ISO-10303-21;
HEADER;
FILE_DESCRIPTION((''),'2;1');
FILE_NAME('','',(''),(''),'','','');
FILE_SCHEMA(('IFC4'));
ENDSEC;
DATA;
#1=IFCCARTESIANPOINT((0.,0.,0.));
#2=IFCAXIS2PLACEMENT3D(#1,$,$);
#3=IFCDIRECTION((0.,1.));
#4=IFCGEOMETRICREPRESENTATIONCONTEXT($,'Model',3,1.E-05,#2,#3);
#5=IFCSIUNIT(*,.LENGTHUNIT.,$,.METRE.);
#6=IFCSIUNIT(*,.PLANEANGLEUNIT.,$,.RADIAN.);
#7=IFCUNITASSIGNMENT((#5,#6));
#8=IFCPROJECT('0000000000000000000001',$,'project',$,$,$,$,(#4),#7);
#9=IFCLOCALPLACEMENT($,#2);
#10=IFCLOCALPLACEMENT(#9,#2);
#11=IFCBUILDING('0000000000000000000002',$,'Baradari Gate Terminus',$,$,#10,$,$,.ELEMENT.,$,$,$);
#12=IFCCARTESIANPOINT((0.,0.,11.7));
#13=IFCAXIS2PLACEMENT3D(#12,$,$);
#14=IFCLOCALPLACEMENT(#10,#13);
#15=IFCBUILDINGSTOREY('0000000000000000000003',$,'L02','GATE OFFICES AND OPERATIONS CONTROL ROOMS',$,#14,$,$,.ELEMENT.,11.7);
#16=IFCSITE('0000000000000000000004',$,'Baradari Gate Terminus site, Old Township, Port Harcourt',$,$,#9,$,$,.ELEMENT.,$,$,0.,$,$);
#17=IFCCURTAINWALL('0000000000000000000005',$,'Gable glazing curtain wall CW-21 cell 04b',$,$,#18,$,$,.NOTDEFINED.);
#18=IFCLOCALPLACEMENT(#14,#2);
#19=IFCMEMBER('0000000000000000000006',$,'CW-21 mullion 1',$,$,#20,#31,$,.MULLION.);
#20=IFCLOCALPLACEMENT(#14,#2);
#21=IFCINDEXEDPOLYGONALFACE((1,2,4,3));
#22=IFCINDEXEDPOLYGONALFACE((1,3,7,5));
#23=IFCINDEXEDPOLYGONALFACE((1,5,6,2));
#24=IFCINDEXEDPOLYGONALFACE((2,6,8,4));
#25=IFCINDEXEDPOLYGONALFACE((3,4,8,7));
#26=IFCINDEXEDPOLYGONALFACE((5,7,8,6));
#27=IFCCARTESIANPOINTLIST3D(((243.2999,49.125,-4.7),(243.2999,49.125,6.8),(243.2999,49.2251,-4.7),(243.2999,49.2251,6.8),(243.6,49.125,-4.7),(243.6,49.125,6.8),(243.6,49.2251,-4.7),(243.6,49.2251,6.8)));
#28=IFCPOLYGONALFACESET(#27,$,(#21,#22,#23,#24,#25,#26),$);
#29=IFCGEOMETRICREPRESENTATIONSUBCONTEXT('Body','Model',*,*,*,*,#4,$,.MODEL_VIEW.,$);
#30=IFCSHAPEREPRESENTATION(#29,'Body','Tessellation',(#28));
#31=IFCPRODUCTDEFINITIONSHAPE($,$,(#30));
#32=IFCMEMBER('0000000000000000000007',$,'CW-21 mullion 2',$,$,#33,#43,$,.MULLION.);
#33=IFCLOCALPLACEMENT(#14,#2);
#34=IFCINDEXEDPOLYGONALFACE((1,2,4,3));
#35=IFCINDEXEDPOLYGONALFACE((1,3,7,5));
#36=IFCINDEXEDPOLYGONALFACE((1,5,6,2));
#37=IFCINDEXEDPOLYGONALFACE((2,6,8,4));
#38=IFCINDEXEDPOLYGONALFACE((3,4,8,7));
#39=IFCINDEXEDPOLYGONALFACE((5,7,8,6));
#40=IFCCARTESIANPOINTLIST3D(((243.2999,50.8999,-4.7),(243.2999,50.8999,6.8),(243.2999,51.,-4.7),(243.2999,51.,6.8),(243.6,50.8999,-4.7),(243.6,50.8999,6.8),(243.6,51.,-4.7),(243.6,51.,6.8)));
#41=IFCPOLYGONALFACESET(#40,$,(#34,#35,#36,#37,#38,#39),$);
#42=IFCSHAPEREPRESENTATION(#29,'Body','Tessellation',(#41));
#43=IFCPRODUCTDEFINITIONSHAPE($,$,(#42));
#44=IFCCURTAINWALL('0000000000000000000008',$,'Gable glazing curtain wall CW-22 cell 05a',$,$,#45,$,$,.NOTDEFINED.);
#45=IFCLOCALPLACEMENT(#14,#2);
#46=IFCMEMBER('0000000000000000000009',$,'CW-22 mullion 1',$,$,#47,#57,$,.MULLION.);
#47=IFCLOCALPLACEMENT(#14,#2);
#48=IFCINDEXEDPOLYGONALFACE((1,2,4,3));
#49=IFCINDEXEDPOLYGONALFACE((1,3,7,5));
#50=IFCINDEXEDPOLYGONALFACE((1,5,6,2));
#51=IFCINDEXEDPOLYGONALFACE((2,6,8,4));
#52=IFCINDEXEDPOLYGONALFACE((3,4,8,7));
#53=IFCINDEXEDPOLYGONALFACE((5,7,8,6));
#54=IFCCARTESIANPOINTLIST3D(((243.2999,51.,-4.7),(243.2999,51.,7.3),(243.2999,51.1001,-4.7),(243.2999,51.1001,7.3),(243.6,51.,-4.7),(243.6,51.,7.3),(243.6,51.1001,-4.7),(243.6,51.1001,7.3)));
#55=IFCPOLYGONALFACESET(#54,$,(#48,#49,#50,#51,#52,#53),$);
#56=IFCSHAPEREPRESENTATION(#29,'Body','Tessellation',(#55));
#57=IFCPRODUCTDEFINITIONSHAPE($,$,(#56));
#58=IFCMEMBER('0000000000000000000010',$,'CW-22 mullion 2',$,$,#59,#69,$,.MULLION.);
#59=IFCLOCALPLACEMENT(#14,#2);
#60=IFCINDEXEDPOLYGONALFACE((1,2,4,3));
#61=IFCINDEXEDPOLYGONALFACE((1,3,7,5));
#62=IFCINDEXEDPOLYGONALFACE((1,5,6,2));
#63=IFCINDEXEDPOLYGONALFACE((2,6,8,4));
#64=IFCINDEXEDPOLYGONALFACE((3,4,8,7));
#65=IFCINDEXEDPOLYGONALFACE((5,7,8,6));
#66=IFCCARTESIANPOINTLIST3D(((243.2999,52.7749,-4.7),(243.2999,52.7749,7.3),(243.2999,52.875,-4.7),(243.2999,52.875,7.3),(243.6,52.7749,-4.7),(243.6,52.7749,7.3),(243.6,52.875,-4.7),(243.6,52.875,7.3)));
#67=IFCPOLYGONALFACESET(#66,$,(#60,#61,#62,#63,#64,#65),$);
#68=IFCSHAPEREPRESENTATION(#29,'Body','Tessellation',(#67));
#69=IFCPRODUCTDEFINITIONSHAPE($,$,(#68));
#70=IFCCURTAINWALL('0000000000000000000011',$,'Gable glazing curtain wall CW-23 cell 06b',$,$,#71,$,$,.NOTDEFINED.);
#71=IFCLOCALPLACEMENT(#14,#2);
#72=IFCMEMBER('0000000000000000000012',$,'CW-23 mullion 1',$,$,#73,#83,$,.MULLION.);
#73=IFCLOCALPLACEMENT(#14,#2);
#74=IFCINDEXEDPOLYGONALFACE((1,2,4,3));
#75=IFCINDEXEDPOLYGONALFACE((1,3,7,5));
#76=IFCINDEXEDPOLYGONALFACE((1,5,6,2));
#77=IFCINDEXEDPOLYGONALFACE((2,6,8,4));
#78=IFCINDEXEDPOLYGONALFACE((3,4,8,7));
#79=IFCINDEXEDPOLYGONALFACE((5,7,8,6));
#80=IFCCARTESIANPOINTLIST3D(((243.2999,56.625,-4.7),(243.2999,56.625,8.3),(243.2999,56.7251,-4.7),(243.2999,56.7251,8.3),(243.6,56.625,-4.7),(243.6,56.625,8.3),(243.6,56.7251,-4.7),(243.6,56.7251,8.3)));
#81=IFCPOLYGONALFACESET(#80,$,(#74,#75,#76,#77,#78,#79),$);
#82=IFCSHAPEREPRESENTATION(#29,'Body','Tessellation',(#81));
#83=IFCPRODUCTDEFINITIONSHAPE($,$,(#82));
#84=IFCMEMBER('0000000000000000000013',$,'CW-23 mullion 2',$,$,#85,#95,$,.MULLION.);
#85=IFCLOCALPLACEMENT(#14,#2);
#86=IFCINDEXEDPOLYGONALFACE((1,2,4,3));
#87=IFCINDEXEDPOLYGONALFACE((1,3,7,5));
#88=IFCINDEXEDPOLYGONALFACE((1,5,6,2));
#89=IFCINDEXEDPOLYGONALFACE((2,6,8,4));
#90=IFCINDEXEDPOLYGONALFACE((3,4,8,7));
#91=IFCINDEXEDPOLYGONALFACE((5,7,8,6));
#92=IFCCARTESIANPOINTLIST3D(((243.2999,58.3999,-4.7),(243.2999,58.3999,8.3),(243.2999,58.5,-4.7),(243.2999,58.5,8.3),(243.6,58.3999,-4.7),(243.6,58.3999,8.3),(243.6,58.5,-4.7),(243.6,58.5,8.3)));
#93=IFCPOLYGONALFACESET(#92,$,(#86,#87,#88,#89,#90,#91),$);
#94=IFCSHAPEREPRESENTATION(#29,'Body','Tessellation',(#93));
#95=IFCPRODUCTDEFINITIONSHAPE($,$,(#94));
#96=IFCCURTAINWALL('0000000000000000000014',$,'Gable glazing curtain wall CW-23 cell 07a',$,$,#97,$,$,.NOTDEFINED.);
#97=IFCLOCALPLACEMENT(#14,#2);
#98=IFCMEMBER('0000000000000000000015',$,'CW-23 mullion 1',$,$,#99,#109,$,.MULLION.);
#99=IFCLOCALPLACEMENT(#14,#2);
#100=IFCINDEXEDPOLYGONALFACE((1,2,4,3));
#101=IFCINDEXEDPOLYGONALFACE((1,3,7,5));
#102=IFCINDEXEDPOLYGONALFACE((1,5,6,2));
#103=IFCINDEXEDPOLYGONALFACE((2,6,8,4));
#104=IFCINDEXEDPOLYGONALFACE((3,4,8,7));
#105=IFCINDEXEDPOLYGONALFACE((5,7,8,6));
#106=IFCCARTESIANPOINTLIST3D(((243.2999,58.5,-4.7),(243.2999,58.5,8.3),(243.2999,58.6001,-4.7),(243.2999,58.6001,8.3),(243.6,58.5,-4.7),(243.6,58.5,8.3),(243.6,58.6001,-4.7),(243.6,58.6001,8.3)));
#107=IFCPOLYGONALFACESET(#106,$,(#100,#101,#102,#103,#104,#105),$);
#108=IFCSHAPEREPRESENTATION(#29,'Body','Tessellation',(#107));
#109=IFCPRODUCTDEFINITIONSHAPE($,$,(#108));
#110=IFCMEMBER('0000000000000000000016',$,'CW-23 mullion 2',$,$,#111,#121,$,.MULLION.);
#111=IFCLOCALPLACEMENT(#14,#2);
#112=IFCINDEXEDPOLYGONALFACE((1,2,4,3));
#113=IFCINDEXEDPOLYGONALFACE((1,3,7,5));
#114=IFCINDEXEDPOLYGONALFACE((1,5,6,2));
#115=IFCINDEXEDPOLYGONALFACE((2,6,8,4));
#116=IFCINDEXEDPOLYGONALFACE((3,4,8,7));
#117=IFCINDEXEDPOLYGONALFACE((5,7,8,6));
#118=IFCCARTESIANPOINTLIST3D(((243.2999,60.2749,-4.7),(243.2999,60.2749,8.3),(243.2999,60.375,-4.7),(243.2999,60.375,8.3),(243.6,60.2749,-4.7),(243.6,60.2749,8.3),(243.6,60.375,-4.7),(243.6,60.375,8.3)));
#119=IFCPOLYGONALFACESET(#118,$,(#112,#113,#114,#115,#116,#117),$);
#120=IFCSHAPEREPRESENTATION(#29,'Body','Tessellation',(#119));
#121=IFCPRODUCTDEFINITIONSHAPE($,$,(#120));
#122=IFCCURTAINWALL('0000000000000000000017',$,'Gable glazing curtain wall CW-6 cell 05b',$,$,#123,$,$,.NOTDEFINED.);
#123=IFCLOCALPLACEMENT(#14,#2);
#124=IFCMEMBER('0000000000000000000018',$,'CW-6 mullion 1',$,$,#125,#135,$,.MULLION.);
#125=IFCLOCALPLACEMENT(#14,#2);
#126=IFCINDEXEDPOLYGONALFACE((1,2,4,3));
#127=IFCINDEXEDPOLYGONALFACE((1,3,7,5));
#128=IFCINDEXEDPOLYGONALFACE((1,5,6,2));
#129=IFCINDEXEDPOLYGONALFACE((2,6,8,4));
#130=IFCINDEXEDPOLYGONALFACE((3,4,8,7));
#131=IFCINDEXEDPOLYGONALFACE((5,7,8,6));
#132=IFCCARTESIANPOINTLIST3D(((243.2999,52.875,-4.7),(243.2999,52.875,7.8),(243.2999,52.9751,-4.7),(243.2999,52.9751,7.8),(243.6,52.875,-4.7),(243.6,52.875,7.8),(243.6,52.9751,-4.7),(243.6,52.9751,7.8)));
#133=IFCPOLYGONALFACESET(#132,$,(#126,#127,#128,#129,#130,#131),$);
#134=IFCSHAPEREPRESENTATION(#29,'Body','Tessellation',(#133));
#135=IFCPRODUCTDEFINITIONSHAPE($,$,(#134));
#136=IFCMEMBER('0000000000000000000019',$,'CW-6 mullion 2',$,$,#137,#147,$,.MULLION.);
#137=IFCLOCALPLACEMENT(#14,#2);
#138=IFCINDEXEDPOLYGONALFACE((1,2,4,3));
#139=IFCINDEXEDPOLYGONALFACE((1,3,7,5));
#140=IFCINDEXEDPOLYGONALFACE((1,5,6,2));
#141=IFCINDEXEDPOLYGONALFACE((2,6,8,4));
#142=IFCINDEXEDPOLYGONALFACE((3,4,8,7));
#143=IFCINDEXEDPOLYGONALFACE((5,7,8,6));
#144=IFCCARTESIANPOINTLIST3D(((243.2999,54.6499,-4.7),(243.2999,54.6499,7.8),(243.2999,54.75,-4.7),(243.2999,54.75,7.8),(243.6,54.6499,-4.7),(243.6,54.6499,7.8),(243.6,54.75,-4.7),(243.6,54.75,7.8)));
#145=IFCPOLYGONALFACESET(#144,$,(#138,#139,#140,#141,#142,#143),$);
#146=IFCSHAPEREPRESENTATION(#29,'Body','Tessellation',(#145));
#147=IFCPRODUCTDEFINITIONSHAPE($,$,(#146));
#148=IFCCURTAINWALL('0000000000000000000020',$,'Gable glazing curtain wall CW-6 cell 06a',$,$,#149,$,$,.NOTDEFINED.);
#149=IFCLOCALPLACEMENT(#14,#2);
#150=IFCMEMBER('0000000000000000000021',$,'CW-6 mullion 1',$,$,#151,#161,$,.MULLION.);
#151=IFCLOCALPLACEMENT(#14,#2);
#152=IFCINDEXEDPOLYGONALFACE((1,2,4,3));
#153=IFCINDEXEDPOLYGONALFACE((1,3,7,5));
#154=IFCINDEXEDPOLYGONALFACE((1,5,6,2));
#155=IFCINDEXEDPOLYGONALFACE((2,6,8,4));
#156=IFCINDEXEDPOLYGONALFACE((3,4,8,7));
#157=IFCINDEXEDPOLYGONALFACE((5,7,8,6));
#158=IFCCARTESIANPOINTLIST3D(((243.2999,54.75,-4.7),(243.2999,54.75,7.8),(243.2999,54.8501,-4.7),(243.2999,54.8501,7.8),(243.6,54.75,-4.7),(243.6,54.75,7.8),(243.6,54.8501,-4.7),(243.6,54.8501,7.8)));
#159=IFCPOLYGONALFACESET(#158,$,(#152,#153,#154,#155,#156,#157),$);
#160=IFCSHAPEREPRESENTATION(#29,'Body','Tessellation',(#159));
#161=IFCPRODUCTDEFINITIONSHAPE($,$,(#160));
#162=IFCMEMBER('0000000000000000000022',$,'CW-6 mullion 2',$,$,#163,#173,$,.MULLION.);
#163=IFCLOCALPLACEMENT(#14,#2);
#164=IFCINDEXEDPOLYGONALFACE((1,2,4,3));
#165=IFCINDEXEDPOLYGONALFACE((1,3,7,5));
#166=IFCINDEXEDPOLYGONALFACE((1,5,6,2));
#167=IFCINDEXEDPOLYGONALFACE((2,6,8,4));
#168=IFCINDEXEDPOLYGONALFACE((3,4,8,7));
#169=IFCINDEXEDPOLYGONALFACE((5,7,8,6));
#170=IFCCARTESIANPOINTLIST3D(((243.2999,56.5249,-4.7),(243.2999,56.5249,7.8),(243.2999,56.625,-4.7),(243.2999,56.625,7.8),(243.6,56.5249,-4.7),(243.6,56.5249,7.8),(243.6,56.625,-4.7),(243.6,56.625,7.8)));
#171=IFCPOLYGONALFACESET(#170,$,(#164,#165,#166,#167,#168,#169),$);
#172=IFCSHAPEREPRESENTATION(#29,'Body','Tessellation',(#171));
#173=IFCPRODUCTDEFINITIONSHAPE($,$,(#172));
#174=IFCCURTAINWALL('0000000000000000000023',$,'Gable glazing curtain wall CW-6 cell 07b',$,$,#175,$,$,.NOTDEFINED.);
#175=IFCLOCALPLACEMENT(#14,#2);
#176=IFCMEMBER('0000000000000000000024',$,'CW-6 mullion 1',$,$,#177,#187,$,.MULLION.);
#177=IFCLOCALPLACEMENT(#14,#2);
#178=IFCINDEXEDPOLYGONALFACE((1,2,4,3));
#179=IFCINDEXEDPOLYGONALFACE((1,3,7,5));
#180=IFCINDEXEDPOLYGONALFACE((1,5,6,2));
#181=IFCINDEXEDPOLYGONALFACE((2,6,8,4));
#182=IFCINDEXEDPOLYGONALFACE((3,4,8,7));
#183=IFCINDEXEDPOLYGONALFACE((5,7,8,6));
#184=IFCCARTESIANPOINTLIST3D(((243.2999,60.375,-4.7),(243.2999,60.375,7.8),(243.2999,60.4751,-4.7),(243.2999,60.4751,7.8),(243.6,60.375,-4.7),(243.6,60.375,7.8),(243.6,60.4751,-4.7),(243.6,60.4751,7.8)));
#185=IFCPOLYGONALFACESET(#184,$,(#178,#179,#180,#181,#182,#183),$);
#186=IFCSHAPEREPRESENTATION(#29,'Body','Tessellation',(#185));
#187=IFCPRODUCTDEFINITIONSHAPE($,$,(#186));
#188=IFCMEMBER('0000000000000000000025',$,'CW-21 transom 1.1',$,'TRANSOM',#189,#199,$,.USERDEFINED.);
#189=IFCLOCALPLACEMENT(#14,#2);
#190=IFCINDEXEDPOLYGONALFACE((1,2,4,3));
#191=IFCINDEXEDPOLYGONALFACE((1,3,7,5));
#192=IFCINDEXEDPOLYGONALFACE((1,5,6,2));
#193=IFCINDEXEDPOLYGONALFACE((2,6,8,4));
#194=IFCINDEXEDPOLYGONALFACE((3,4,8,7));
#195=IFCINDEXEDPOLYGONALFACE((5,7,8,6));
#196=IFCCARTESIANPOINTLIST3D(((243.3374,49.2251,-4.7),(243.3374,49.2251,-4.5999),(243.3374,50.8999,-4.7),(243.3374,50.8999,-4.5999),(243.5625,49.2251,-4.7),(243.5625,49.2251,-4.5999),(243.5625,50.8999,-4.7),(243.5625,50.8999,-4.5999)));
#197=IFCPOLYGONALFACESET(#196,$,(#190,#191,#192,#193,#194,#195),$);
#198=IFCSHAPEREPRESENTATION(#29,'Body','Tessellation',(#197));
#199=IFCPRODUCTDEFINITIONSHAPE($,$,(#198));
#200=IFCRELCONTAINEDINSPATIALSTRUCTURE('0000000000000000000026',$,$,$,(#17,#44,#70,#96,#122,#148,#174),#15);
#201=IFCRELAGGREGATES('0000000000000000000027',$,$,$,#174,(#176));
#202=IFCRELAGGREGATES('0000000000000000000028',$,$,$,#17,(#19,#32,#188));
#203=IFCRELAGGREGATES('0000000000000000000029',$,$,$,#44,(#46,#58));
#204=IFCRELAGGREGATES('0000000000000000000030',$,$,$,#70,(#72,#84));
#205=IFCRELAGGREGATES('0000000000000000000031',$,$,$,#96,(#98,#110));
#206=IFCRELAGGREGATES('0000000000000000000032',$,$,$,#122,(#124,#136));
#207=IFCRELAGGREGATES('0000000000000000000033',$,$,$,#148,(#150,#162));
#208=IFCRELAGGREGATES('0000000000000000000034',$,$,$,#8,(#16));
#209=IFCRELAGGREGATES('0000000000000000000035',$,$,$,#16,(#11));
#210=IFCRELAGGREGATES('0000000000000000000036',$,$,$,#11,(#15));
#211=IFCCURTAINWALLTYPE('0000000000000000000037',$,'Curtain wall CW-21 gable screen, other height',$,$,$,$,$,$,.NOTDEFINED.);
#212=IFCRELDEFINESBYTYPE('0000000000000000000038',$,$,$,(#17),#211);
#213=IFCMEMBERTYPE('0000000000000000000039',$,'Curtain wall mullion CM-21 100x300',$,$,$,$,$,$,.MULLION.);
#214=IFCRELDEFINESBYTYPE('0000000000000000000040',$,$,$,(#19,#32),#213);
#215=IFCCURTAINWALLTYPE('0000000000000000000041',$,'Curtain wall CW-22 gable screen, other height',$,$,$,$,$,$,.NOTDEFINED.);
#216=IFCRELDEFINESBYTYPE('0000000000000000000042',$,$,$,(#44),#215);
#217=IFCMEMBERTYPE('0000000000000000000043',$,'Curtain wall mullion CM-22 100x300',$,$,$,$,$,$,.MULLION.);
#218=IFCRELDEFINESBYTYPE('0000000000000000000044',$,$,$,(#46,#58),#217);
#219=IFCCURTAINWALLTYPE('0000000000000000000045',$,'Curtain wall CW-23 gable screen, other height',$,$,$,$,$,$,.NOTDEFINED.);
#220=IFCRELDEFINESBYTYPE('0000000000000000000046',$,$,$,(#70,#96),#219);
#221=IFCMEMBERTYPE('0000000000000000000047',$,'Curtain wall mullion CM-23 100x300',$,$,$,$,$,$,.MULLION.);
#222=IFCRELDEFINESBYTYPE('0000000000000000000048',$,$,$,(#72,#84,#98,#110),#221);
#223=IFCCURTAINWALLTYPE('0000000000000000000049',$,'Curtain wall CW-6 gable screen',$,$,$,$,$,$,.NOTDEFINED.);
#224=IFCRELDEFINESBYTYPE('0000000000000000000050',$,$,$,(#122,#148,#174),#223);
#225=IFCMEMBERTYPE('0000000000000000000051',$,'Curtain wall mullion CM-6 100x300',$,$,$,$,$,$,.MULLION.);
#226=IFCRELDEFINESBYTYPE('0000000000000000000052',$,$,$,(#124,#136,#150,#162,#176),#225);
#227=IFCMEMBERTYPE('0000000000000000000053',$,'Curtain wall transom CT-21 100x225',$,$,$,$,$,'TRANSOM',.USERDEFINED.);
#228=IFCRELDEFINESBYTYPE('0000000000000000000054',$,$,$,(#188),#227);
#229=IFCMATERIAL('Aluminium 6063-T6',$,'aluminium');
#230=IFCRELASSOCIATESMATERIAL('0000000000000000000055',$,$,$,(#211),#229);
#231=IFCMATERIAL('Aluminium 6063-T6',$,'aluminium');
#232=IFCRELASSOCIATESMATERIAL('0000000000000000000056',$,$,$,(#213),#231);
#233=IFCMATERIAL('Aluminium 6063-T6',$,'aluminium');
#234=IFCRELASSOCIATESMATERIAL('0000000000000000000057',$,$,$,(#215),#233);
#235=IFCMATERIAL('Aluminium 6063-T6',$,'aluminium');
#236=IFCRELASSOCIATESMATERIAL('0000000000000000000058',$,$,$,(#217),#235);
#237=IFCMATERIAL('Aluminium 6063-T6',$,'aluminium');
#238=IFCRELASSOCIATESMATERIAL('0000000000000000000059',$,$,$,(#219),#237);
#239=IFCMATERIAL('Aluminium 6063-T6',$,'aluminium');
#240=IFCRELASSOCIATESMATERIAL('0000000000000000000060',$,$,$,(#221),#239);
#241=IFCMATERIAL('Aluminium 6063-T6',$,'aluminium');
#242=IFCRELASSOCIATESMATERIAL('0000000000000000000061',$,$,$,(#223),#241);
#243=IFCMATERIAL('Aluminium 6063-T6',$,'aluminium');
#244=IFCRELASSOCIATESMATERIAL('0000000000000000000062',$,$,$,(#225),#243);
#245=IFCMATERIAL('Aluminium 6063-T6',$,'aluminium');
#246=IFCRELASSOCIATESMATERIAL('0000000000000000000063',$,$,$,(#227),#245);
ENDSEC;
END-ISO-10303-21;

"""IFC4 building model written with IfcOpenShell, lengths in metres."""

from ifc_helpers import new_model, si_unit, direction, frame, origin, origin_2d, place, context, subcontext, project, spatial, rectangle, extrude, material, material_profile, profile_set, type_object, element, aggregate, save


model = new_model("IFC4")

# Units and contexts
model_context = context("Model", 3, precision=1e-05, world=origin(), true_north=direction((0.0, 1.0)))
body_context = subcontext(model_context, "Body", "Model", "MODEL_VIEW")
ifc_project = project(units=[si_unit("LENGTHUNIT", "METRE"), si_unit("PLANEANGLEUNIT", "RADIAN")], contexts=[model_context])

# Site, building, storey
site_placement = place(None, origin())
site = spatial("IfcSite", under=ifc_project, at=site_placement, Name="Baradari Gate Terminus site, Old Township, Port Harcourt", CompositionType="ELEMENT", RefElevation=0.0)
building_placement = place(site_placement, origin())
building = spatial("IfcBuilding", under=site, at=building_placement, Name="Baradari Gate Terminus", CompositionType="ELEMENT")
storey_placement = place(building_placement, frame((0.0, 0.0, 11.7)))
storey = spatial("IfcBuildingStorey", under=building, at=storey_placement, Name="L02", Description="GATE OFFICES AND OPERATIONS CONTROL ROOMS", CompositionType="ELEMENT", Elevation=11.7)

# Curtain walls, members
ifc_material_1 = material(Name="Aluminium 6063-T6", Category="aluminium")
curtain_wall_type_1 = type_object("IfcCurtainWallType", Name="Curtain wall CW-21 gable screen, other height", PredefinedType="NOTDEFINED", material=ifc_material_1)
curtain_wall_1_placement = place(storey_placement, origin())
curtain_wall_1 = element("IfcCurtainWall", 1, at=curtain_wall_1_placement, inside=storey, type_object=curtain_wall_type_1, Name="Gable glazing curtain wall CW-21 cell 04b", PredefinedType="NOTDEFINED")
ifc_material_2 = material(Name="Aluminium 6063-T6", Category="aluminium")
ifc_material_profile_1 = material_profile(ifc_material_2, rectangle(XDim=0.3, YDim=0.1001, at=origin_2d()), Name="CM-21 100X300")
ifc_profile_set_1 = profile_set([ifc_material_profile_1], Name="Aluminium 6063-T6")
member_type_1 = type_object("IfcMemberType", Name="Curtain wall mullion CM-21 100x300", PredefinedType="MULLION", material=ifc_profile_set_1)
member_1_placement = place(storey_placement, frame((243.45, 49.175, -4.7), z_axis=(0.0, 0.0, 1.0), x_axis=(-1.0, 0.0, 0.0)))
member_1 = element("IfcMember", 2, at=member_1_placement, type_object=member_type_1, Name="CW-21 mullion 1", PredefinedType="MULLION", context=body_context, shape_type="SweptSolid", body=[
    extrude(rectangle(XDim=0.3, YDim=0.1001, at=origin_2d()), origin(), (0.0, 0.0, 1.0), 11.5),
])
member_2_placement = place(storey_placement, frame((243.45, 50.95, -4.7), z_axis=(0.0, 0.0, 1.0), x_axis=(-1.0, 0.0, 0.0)))
member_2 = element("IfcMember", 3, at=member_2_placement, type_object=member_type_1, Name="CW-21 mullion 2", PredefinedType="MULLION", context=body_context, shape_type="SweptSolid", body=[
    extrude(rectangle(XDim=0.3, YDim=0.1001, at=origin_2d()), origin(), (0.0, 0.0, 1.0), 11.5),
])
ifc_material_3 = material(Name="Aluminium 6063-T6", Category="aluminium")
curtain_wall_type_2 = type_object("IfcCurtainWallType", Name="Curtain wall CW-22 gable screen, other height", PredefinedType="NOTDEFINED", material=ifc_material_3)
curtain_wall_2_placement = place(storey_placement, origin())
curtain_wall_2 = element("IfcCurtainWall", 4, at=curtain_wall_2_placement, inside=storey, type_object=curtain_wall_type_2, Name="Gable glazing curtain wall CW-22 cell 05a", PredefinedType="NOTDEFINED")
ifc_material_4 = material(Name="Aluminium 6063-T6", Category="aluminium")
ifc_material_profile_2 = material_profile(ifc_material_4, rectangle(XDim=0.3, YDim=0.1001, at=origin_2d()), Name="CM-22 100X300")
ifc_profile_set_2 = profile_set([ifc_material_profile_2], Name="Aluminium 6063-T6")
member_type_2 = type_object("IfcMemberType", Name="Curtain wall mullion CM-22 100x300", PredefinedType="MULLION", material=ifc_profile_set_2)
member_3_placement = place(storey_placement, frame((243.45, 51.05, -4.7), z_axis=(0.0, 0.0, 1.0), x_axis=(-1.0, 0.0, 0.0)))
member_3 = element("IfcMember", 5, at=member_3_placement, type_object=member_type_2, Name="CW-22 mullion 1", PredefinedType="MULLION", context=body_context, shape_type="SweptSolid", body=[
    extrude(rectangle(XDim=0.3, YDim=0.1001, at=origin_2d()), origin(), (0.0, 0.0, 1.0), 12.0),
])
member_4_placement = place(storey_placement, frame((243.45, 52.825, -4.7), z_axis=(0.0, 0.0, 1.0), x_axis=(-1.0, 0.0, 0.0)))
member_4 = element("IfcMember", 6, at=member_4_placement, type_object=member_type_2, Name="CW-22 mullion 2", PredefinedType="MULLION", context=body_context, shape_type="SweptSolid", body=[
    extrude(rectangle(XDim=0.3, YDim=0.1001, at=origin_2d()), origin(), (0.0, 0.0, 1.0), 12.0),
])
ifc_material_5 = material(Name="Aluminium 6063-T6", Category="aluminium")
curtain_wall_type_3 = type_object("IfcCurtainWallType", Name="Curtain wall CW-23 gable screen, other height", PredefinedType="NOTDEFINED", material=ifc_material_5)
curtain_wall_3_placement = place(storey_placement, origin())
curtain_wall_3 = element("IfcCurtainWall", 7, at=curtain_wall_3_placement, inside=storey, type_object=curtain_wall_type_3, Name="Gable glazing curtain wall CW-23 cell 06b", PredefinedType="NOTDEFINED")
ifc_material_6 = material(Name="Aluminium 6063-T6", Category="aluminium")
ifc_material_profile_3 = material_profile(ifc_material_6, rectangle(XDim=0.3, YDim=0.1001, at=origin_2d()), Name="CM-23 100X300")
ifc_profile_set_3 = profile_set([ifc_material_profile_3], Name="Aluminium 6063-T6")
member_type_3 = type_object("IfcMemberType", Name="Curtain wall mullion CM-23 100x300", PredefinedType="MULLION", material=ifc_profile_set_3)
member_5_placement = place(storey_placement, frame((243.45, 56.675, -4.7), z_axis=(0.0, 0.0, 1.0), x_axis=(-1.0, 0.0, 0.0)))
member_5 = element("IfcMember", 8, at=member_5_placement, type_object=member_type_3, Name="CW-23 mullion 1", PredefinedType="MULLION", context=body_context, shape_type="SweptSolid", body=[
    extrude(rectangle(XDim=0.3, YDim=0.1001, at=origin_2d()), origin(), (0.0, 0.0, 1.0), 13.0),
])
member_6_placement = place(storey_placement, frame((243.45, 58.45, -4.7), z_axis=(0.0, 0.0, 1.0), x_axis=(-1.0, 0.0, 0.0)))
member_6 = element("IfcMember", 9, at=member_6_placement, type_object=member_type_3, Name="CW-23 mullion 2", PredefinedType="MULLION", context=body_context, shape_type="SweptSolid", body=[
    extrude(rectangle(XDim=0.3, YDim=0.1001, at=origin_2d()), origin(), (0.0, 0.0, 1.0), 13.0),
])
curtain_wall_4_placement = place(storey_placement, origin())
curtain_wall_4 = element("IfcCurtainWall", 10, at=curtain_wall_4_placement, inside=storey, type_object=curtain_wall_type_3, Name="Gable glazing curtain wall CW-23 cell 07a", PredefinedType="NOTDEFINED")
member_7_placement = place(storey_placement, frame((243.45, 58.55, -4.7), z_axis=(0.0, 0.0, 1.0), x_axis=(-1.0, 0.0, 0.0)))
member_7 = element("IfcMember", 11, at=member_7_placement, type_object=member_type_3, Name="CW-23 mullion 1", PredefinedType="MULLION", context=body_context, shape_type="SweptSolid", body=[
    extrude(rectangle(XDim=0.3, YDim=0.1001, at=origin_2d()), origin(), (0.0, 0.0, 1.0), 13.0),
])
member_8_placement = place(storey_placement, frame((243.45, 60.325, -4.7), z_axis=(0.0, 0.0, 1.0), x_axis=(-1.0, 0.0, 0.0)))
member_8 = element("IfcMember", 12, at=member_8_placement, type_object=member_type_3, Name="CW-23 mullion 2", PredefinedType="MULLION", context=body_context, shape_type="SweptSolid", body=[
    extrude(rectangle(XDim=0.3, YDim=0.1001, at=origin_2d()), origin(), (0.0, 0.0, 1.0), 13.0),
])
ifc_material_7 = material(Name="Aluminium 6063-T6", Category="aluminium")
curtain_wall_type_4 = type_object("IfcCurtainWallType", Name="Curtain wall CW-6 gable screen", PredefinedType="NOTDEFINED", material=ifc_material_7)
curtain_wall_5_placement = place(storey_placement, origin())
curtain_wall_5 = element("IfcCurtainWall", 13, at=curtain_wall_5_placement, inside=storey, type_object=curtain_wall_type_4, Name="Gable glazing curtain wall CW-6 cell 05b", PredefinedType="NOTDEFINED")
ifc_material_8 = material(Name="Aluminium 6063-T6", Category="aluminium")
ifc_material_profile_4 = material_profile(ifc_material_8, rectangle(XDim=0.3, YDim=0.1001, at=origin_2d()), Name="CM-6 100X300")
ifc_profile_set_4 = profile_set([ifc_material_profile_4], Name="Aluminium 6063-T6")
member_type_4 = type_object("IfcMemberType", Name="Curtain wall mullion CM-6 100x300", PredefinedType="MULLION", material=ifc_profile_set_4)
member_9_placement = place(storey_placement, frame((243.45, 52.925, -4.7), z_axis=(0.0, 0.0, 1.0), x_axis=(-1.0, 0.0, 0.0)))
member_9 = element("IfcMember", 14, at=member_9_placement, type_object=member_type_4, Name="CW-6 mullion 1", PredefinedType="MULLION", context=body_context, shape_type="SweptSolid", body=[
    extrude(rectangle(XDim=0.3, YDim=0.1001, at=origin_2d()), origin(), (0.0, 0.0, 1.0), 12.5),
])
member_10_placement = place(storey_placement, frame((243.45, 54.7, -4.7), z_axis=(0.0, 0.0, 1.0), x_axis=(-1.0, 0.0, 0.0)))
member_10 = element("IfcMember", 15, at=member_10_placement, type_object=member_type_4, Name="CW-6 mullion 2", PredefinedType="MULLION", context=body_context, shape_type="SweptSolid", body=[
    extrude(rectangle(XDim=0.3, YDim=0.1001, at=origin_2d()), origin(), (0.0, 0.0, 1.0), 12.5),
])
curtain_wall_6_placement = place(storey_placement, origin())
curtain_wall_6 = element("IfcCurtainWall", 16, at=curtain_wall_6_placement, inside=storey, type_object=curtain_wall_type_4, Name="Gable glazing curtain wall CW-6 cell 06a", PredefinedType="NOTDEFINED")
member_11_placement = place(storey_placement, frame((243.45, 54.8, -4.7), z_axis=(0.0, 0.0, 1.0), x_axis=(-1.0, 0.0, 0.0)))
member_11 = element("IfcMember", 17, at=member_11_placement, type_object=member_type_4, Name="CW-6 mullion 1", PredefinedType="MULLION", context=body_context, shape_type="SweptSolid", body=[
    extrude(rectangle(XDim=0.3, YDim=0.1001, at=origin_2d()), origin(), (0.0, 0.0, 1.0), 12.5),
])
member_12_placement = place(storey_placement, frame((243.45, 56.575, -4.7), z_axis=(0.0, 0.0, 1.0), x_axis=(-1.0, 0.0, 0.0)))
member_12 = element("IfcMember", 18, at=member_12_placement, type_object=member_type_4, Name="CW-6 mullion 2", PredefinedType="MULLION", context=body_context, shape_type="SweptSolid", body=[
    extrude(rectangle(XDim=0.3, YDim=0.1001, at=origin_2d()), origin(), (0.0, 0.0, 1.0), 12.5),
])

# Curtain wall, member
curtain_wall_7_placement = place(storey_placement, origin())
curtain_wall_7 = element("IfcCurtainWall", 19, at=curtain_wall_7_placement, inside=storey, type_object=curtain_wall_type_4, Name="Gable glazing curtain wall CW-6 cell 07b", PredefinedType="NOTDEFINED")
member_13_placement = place(storey_placement, frame((243.45, 60.425, -4.7), z_axis=(0.0, 0.0, 1.0), x_axis=(-1.0, 0.0, 0.0)))
member_13 = element("IfcMember", 20, at=member_13_placement, type_object=member_type_4, Name="CW-6 mullion 1", PredefinedType="MULLION", context=body_context, shape_type="SweptSolid", body=[
    extrude(rectangle(XDim=0.3, YDim=0.1001, at=origin_2d()), origin(), (0.0, 0.0, 1.0), 12.5),
])

# Member
ifc_material_9 = material(Name="Aluminium 6063-T6", Category="aluminium")
ifc_material_profile_5 = material_profile(ifc_material_9, rectangle(XDim=0.2251, YDim=0.1001, at=origin_2d()), Name="CT-21 100X225")
ifc_profile_set_5 = profile_set([ifc_material_profile_5], Name="Aluminium 6063-T6")
member_type_5 = type_object("IfcMemberType", Name="Curtain wall transom CT-21 100x225", ElementType="TRANSOM", PredefinedType="USERDEFINED", material=ifc_profile_set_5)
member_14_placement = place(storey_placement, frame((243.45, 49.2251, -4.6499), z_axis=(0.0, 1.0, 0.0), x_axis=(-1.0, 0.0, 0.0)))
member_14 = element("IfcMember", 21, at=member_14_placement, type_object=member_type_5, Name="CW-21 transom 1.1", ObjectType="TRANSOM", PredefinedType="USERDEFINED", context=body_context, shape_type="SweptSolid", body=[
    extrude(rectangle(XDim=0.2251, YDim=0.1001, at=origin_2d()), origin(), (0.0, 0.0, 1.0), 1.6748),
])
aggregate(curtain_wall_7, [member_13])

aggregate(curtain_wall_1, [member_1, member_2, member_14])
aggregate(curtain_wall_2, [member_3, member_4])
aggregate(curtain_wall_3, [member_5, member_6])
aggregate(curtain_wall_4, [member_7, member_8])
aggregate(curtain_wall_5, [member_9, member_10])
aggregate(curtain_wall_6, [member_11, member_12])

save(model, "model.ifc")
